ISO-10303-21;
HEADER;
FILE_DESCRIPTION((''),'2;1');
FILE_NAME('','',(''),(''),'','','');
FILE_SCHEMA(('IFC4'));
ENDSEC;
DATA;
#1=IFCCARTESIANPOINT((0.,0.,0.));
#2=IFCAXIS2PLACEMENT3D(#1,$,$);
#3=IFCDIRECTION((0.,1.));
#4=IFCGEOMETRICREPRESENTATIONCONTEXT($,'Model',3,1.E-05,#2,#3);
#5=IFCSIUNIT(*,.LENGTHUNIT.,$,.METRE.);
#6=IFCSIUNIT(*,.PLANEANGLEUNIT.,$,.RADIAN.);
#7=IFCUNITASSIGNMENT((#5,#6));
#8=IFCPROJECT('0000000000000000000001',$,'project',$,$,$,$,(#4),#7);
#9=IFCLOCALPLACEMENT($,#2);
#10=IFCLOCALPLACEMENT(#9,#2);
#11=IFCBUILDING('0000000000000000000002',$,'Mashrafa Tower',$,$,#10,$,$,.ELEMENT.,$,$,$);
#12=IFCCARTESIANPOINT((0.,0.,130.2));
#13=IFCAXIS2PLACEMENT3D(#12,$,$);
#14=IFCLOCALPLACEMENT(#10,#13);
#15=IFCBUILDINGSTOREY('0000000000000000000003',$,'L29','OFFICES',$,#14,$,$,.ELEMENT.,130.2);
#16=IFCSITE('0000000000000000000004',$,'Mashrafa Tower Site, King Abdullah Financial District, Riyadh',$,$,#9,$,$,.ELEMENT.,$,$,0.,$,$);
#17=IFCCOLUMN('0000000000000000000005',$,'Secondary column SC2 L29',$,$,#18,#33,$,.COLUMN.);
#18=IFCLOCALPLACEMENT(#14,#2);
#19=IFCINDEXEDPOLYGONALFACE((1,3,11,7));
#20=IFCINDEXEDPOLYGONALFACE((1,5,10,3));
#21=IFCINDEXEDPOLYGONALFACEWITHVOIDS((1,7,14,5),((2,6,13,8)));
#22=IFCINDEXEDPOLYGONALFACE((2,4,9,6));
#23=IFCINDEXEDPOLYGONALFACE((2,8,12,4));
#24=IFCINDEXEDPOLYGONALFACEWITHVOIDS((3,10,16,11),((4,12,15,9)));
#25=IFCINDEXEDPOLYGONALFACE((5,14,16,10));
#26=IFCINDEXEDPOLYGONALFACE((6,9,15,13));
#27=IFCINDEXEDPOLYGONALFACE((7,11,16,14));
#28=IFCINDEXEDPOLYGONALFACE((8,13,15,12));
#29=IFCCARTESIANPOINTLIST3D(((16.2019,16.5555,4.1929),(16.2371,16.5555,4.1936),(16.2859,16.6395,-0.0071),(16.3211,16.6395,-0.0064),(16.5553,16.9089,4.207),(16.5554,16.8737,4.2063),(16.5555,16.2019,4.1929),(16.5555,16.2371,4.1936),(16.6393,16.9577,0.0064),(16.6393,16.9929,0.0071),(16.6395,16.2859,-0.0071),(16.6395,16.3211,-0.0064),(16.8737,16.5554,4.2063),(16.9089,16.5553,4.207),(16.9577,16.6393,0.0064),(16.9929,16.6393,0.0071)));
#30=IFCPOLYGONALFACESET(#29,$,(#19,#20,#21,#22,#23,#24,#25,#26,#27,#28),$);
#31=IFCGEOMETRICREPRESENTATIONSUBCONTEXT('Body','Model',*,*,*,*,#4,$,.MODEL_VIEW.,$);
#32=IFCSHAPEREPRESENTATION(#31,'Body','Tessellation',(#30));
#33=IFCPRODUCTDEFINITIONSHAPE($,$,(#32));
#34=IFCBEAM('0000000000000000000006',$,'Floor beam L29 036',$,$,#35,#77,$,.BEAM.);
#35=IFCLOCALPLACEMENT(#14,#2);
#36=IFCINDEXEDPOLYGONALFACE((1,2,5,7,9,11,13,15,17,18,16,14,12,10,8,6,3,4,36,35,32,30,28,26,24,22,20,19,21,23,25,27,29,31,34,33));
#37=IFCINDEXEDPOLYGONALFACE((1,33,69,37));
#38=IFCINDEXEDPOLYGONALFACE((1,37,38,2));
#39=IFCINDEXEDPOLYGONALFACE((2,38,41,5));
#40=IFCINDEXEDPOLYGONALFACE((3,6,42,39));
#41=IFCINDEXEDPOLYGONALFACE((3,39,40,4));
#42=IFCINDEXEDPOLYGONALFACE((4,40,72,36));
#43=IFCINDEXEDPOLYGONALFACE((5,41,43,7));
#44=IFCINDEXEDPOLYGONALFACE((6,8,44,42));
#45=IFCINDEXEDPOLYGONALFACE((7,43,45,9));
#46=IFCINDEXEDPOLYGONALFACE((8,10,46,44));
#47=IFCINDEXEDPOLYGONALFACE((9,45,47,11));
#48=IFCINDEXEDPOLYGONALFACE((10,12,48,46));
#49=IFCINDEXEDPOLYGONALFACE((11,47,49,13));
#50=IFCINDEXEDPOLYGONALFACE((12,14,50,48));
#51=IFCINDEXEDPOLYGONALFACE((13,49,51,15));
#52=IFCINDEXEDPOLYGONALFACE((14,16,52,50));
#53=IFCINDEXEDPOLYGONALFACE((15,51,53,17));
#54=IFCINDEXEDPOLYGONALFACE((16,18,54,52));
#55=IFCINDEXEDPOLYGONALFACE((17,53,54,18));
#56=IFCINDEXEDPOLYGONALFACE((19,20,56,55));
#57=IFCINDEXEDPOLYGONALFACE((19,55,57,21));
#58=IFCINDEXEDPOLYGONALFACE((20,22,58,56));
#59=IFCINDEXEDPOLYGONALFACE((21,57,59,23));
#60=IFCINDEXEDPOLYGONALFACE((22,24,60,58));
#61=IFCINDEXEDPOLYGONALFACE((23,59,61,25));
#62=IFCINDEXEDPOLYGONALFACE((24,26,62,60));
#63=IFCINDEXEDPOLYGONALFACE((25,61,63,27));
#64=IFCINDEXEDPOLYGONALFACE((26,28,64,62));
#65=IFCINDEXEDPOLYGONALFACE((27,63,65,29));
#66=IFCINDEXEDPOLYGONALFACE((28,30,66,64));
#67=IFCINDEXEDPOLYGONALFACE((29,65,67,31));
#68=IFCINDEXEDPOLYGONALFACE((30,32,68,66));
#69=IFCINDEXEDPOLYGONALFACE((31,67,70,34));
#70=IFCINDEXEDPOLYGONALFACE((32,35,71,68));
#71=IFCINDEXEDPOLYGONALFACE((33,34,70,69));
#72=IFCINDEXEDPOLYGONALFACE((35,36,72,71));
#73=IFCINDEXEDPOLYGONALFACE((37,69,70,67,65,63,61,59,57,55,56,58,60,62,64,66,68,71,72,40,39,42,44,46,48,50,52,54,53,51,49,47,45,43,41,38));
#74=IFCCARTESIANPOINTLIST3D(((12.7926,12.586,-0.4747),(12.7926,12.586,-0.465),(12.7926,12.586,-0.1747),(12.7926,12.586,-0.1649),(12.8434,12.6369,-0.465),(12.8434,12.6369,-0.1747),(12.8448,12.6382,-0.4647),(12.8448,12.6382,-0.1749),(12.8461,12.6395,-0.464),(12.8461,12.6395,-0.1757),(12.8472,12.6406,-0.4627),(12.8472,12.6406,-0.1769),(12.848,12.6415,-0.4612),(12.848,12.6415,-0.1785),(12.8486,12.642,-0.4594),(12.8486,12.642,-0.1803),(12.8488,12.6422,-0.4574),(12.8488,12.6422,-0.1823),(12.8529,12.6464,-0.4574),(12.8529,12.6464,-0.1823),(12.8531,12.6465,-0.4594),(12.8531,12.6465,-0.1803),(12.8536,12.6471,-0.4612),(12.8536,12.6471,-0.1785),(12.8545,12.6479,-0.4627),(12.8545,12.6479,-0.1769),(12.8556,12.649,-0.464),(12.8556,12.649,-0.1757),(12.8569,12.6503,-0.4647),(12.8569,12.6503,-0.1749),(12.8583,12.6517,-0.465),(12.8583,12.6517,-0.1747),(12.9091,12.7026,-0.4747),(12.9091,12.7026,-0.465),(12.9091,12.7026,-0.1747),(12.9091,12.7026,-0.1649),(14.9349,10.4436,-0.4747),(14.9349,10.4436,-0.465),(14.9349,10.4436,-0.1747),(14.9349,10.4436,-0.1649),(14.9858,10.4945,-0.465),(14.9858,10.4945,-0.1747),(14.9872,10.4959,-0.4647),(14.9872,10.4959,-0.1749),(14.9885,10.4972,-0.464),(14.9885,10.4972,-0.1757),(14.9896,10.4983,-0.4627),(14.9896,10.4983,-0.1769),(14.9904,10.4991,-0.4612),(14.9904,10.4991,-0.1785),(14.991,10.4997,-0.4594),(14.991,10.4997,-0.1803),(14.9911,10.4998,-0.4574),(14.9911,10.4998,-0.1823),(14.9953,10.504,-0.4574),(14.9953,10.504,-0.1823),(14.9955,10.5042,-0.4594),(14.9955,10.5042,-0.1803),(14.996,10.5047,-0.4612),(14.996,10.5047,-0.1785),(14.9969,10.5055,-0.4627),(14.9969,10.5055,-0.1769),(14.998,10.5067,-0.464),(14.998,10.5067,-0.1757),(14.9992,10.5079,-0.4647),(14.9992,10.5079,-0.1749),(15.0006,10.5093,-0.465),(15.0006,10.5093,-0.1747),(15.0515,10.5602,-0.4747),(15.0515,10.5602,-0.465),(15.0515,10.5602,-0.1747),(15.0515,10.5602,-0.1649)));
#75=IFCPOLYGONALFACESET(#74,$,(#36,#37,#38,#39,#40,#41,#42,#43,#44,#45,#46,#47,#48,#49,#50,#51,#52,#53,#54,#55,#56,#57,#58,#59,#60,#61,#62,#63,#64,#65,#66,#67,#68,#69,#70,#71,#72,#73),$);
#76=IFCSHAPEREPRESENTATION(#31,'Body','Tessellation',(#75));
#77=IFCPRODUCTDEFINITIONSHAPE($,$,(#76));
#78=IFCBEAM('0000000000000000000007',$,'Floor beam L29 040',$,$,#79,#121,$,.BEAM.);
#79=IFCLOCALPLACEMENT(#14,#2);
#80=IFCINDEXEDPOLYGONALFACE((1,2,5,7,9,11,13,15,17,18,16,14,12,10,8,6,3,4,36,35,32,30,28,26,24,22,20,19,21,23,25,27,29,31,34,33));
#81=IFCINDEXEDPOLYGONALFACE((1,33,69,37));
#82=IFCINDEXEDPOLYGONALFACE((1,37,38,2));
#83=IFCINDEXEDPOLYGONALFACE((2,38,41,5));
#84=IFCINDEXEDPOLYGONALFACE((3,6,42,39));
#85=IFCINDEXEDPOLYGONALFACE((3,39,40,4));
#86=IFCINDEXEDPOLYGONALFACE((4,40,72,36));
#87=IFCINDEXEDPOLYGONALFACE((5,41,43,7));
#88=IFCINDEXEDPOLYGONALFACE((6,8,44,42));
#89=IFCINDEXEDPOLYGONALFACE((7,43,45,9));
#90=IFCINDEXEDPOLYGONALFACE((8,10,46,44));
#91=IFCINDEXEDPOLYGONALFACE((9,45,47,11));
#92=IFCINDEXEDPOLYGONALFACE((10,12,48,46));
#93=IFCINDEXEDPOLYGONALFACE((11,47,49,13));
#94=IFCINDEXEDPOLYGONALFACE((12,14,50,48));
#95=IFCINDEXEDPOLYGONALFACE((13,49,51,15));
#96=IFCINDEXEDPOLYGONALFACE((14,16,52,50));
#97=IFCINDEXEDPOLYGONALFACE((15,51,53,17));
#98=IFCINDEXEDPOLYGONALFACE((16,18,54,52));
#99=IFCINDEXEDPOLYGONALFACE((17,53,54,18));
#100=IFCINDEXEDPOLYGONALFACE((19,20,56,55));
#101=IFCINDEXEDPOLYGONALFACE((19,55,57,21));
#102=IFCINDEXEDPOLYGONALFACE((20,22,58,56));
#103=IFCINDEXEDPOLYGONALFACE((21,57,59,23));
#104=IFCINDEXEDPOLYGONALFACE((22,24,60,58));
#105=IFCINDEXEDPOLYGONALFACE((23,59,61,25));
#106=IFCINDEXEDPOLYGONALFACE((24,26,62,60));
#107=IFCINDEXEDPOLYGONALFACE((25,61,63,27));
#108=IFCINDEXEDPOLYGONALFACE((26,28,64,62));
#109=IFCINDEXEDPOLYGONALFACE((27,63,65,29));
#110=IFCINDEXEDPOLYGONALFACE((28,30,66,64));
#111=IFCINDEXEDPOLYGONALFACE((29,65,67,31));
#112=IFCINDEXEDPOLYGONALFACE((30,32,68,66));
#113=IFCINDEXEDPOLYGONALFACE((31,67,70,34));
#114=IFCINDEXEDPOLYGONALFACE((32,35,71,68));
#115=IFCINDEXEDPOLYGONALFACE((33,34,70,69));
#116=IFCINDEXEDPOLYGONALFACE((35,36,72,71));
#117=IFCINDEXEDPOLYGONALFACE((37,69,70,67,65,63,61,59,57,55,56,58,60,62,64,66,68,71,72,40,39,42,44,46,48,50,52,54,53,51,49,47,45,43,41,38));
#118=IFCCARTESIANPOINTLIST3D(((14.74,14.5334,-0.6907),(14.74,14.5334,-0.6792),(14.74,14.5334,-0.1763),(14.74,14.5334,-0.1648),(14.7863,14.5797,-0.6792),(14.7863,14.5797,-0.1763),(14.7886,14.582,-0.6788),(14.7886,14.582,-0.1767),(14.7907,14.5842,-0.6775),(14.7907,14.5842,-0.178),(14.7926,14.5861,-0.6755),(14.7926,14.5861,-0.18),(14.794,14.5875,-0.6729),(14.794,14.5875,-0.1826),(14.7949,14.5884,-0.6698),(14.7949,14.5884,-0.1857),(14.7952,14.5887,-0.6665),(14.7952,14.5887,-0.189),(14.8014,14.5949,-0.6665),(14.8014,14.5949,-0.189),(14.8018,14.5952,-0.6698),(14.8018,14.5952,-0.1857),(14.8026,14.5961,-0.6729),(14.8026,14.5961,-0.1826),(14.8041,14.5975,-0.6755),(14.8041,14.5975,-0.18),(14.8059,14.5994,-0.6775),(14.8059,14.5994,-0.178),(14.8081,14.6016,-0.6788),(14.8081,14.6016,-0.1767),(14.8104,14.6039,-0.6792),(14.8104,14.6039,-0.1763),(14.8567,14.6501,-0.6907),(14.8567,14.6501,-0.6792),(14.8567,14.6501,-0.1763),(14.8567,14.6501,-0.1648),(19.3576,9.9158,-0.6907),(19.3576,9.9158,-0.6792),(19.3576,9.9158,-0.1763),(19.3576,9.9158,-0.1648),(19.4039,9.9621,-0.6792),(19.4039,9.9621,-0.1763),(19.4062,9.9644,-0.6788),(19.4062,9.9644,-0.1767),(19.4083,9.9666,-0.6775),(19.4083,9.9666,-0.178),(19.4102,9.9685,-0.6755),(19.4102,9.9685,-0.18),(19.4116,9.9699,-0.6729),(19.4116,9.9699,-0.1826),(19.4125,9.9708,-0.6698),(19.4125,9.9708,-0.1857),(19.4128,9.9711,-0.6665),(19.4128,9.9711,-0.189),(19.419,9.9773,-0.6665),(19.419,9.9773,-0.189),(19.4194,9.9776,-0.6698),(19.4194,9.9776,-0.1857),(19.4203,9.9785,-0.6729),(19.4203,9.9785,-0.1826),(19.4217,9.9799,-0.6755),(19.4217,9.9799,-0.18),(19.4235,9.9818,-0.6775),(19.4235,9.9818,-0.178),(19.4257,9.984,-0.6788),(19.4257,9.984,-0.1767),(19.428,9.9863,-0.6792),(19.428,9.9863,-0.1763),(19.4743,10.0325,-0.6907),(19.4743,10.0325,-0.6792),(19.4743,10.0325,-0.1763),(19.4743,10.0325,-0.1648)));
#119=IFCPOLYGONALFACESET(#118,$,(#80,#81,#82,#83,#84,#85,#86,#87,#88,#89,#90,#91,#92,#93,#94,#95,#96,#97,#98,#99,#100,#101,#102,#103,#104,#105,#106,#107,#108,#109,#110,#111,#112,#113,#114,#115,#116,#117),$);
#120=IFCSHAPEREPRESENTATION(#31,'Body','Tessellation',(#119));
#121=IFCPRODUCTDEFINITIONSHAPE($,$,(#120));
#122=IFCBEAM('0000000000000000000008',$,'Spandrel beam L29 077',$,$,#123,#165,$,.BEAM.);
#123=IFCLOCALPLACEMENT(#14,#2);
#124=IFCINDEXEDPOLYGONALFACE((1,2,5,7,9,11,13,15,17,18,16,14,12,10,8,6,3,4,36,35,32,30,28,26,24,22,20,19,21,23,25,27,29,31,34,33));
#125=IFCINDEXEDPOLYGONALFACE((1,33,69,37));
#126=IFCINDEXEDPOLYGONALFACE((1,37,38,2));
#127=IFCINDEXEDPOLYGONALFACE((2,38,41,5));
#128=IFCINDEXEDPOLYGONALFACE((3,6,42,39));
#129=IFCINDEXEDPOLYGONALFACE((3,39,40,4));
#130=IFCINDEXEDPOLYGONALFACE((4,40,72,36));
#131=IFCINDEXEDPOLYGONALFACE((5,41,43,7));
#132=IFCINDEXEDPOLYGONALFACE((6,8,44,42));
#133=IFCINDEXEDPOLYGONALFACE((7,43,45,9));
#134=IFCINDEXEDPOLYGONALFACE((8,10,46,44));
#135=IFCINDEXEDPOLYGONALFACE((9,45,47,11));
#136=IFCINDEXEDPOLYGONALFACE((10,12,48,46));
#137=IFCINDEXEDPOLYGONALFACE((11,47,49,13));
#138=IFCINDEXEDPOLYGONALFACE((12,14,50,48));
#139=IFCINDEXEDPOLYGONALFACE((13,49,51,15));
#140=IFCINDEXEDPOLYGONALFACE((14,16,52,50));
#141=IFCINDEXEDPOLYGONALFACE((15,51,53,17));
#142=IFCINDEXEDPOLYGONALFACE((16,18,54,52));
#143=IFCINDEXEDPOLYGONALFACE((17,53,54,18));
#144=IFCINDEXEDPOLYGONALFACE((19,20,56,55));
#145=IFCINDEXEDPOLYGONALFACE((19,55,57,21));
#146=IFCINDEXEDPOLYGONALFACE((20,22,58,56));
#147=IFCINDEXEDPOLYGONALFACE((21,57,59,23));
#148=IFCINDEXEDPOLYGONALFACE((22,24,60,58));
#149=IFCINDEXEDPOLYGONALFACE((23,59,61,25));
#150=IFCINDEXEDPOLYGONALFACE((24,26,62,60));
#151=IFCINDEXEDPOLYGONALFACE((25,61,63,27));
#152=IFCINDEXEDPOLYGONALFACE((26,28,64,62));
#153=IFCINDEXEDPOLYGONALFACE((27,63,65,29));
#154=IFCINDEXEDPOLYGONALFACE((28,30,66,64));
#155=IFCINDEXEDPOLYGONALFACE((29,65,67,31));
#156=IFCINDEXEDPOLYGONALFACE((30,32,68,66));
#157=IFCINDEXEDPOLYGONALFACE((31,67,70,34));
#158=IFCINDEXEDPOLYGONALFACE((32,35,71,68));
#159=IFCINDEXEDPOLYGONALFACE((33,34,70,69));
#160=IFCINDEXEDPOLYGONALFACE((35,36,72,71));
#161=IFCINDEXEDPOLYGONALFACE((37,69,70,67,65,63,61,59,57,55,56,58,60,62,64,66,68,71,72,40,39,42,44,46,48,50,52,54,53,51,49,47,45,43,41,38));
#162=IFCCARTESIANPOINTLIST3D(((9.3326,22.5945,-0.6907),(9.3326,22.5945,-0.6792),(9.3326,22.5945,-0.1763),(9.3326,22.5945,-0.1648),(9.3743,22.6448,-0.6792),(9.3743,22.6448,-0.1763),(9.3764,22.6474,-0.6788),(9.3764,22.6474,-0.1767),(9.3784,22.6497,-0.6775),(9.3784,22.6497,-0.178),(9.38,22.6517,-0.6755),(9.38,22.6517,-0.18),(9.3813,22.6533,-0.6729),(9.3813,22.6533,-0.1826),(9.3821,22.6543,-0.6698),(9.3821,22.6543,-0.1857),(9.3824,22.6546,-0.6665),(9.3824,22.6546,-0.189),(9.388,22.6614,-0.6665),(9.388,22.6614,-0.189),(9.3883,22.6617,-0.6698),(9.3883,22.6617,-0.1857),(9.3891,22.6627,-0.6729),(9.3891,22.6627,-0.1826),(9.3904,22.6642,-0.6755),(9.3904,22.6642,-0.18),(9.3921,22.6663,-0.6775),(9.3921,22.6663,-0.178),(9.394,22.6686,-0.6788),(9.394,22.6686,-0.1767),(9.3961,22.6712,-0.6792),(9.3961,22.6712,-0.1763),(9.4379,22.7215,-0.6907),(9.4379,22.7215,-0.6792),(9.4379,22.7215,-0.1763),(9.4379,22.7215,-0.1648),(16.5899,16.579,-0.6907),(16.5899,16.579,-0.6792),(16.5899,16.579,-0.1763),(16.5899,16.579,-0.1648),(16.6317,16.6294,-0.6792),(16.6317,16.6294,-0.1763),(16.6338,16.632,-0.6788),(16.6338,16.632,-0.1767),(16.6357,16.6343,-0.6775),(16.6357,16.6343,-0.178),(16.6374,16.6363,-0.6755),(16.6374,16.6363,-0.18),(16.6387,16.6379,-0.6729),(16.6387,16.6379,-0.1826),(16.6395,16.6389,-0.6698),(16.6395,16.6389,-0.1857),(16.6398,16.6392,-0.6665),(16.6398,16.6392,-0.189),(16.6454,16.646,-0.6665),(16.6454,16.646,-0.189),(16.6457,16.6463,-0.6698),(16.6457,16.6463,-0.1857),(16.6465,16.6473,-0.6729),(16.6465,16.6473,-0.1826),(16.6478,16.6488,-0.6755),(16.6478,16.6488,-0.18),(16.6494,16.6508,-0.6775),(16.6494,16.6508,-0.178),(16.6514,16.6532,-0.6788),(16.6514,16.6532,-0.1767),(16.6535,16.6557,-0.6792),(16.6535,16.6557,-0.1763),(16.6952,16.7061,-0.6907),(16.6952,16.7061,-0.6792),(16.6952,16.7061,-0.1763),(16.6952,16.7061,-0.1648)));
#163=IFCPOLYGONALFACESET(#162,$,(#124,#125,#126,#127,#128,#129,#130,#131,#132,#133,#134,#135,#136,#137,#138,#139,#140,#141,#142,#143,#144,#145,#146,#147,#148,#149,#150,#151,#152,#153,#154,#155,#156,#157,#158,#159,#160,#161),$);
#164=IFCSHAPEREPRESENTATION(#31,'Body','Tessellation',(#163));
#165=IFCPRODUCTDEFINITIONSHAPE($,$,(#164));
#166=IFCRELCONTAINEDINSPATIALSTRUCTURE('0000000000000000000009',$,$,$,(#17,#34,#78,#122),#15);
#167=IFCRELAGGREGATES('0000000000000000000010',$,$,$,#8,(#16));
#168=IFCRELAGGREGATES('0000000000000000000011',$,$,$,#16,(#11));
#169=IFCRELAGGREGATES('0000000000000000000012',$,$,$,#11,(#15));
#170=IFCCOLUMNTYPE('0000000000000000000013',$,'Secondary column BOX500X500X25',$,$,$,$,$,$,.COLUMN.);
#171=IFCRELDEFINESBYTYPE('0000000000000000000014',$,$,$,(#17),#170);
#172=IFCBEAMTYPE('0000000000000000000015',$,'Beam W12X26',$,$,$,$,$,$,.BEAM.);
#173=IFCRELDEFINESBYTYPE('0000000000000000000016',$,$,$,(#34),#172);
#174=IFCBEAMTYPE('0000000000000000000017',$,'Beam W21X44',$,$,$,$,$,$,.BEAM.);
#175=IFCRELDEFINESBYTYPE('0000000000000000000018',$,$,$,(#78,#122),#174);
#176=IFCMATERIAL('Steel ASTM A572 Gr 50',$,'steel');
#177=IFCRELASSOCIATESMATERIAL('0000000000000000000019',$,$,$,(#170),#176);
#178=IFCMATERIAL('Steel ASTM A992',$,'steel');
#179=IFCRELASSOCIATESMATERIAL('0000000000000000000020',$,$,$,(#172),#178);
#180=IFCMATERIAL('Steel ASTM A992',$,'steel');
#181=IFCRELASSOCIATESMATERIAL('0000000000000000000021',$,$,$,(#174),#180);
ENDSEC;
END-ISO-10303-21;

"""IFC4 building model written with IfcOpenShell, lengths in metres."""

from ifc_helpers import new_model, si_unit, direction, frame, origin, origin_2d, place, context, subcontext, project, spatial, hollow_rectangle, i_section, extrude, material, material_profile, profile_set, type_object, element, save


model = new_model("IFC4")

# Units and contexts
model_context = context("Model", 3, precision=1e-05, world=origin(), true_north=direction((0.0, 1.0)))
body_context = subcontext(model_context, "Body", "Model", "MODEL_VIEW")
ifc_project = project(units=[si_unit("LENGTHUNIT", "METRE"), si_unit("PLANEANGLEUNIT", "RADIAN")], contexts=[model_context])

# Site, building, storey
site_placement = place(None, origin())
site = spatial("IfcSite", under=ifc_project, at=site_placement, Name="Mashrafa Tower Site, King Abdullah Financial District, Riyadh", CompositionType="ELEMENT", RefElevation=0.0)
building_placement = place(site_placement, origin())
building = spatial("IfcBuilding", under=site, at=building_placement, Name="Mashrafa Tower", CompositionType="ELEMENT")
storey_placement = place(building_placement, frame((0.0, 0.0, 130.2)))
storey = spatial("IfcBuildingStorey", under=building, at=storey_placement, Name="L29", Description="OFFICES", CompositionType="ELEMENT", Elevation=130.2)

# Column
ifc_material_1 = material(Name="Steel ASTM A572 Gr 50", Category="steel")
ifc_material_profile_1 = material_profile(ifc_material_1, hollow_rectangle(XDim=0.5, YDim=0.5, WallThickness=0.0249, at=origin_2d()), Name="BOX500X500X25")
ifc_profile_set_1 = profile_set([ifc_material_profile_1], Name="Steel ASTM A572 Gr 50")
column_type = type_object("IfcColumnType", Name="Secondary column BOX500X500X25", PredefinedType="COLUMN", material=ifc_profile_set_1)
column_placement = place(storey_placement, frame((16.6394, 16.6394, 0.0), z_axis=(-0.019989, -0.019989, 0.9996), x_axis=(0.707107, -0.707107, 0.0)))
element("IfcColumn", 1, at=column_placement, inside=storey, type_object=column_type, Name="Secondary column SC2 L29", PredefinedType="COLUMN", context=body_context, shape_type="SweptSolid", body=[
    extrude(hollow_rectangle(XDim=0.5, YDim=0.5, WallThickness=0.0249, at=origin_2d()), origin(), (0.0, 0.0, 1.0), 4.2017),
])

# Beams
ifc_material_2 = material(Name="Steel ASTM A992", Category="steel")
ifc_material_profile_2 = material_profile(ifc_material_2, i_section(OverallWidth=0.1648, OverallDepth=0.3098, WebThickness=0.0059, FlangeThickness=0.0098, FilletRadius=0.0076, at=origin_2d()), Name="W12X26")
ifc_profile_set_2 = profile_set([ifc_material_profile_2], Name="Steel ASTM A992")
beam_type_1 = type_object("IfcBeamType", Name="Beam W12X26", PredefinedType="BEAM", material=ifc_profile_set_2)
beam_1_placement = place(storey_placement, frame((12.8508, 12.6443, -0.3198), z_axis=(0.707107, -0.707107, 0.0), x_axis=(0.707107, 0.707107, 0.0)))
element("IfcBeam", 2, at=beam_1_placement, inside=storey, type_object=beam_type_1, Name="Floor beam L29 036", PredefinedType="BEAM", context=body_context, shape_type="SweptSolid", body=[
    extrude(i_section(OverallWidth=0.1648, OverallDepth=0.3098, WebThickness=0.0059, FlangeThickness=0.0098, FilletRadius=0.0076, at=origin_2d()), origin(), (0.0, 0.0, 1.0), 3.0298),
])
ifc_material_3 = material(Name="Steel ASTM A992", Category="steel")
ifc_material_profile_3 = material_profile(ifc_material_3, i_section(OverallWidth=0.165, OverallDepth=0.5259, WebThickness=0.0088, FlangeThickness=0.0115, FilletRadius=0.0127, at=origin_2d()), Name="W21X44")
ifc_profile_set_3 = profile_set([ifc_material_profile_3], Name="Steel ASTM A992")
beam_type_2 = type_object("IfcBeamType", Name="Beam W21X44", PredefinedType="BEAM", material=ifc_profile_set_3)
beam_2_placement = place(storey_placement, frame((14.7983, 14.5918, -0.4277), z_axis=(0.707107, -0.707107, 0.0), x_axis=(0.707107, 0.707107, 0.0)))
element("IfcBeam", 3, at=beam_2_placement, inside=storey, type_object=beam_type_2, Name="Floor beam L29 040", PredefinedType="BEAM", context=body_context, shape_type="SweptSolid", body=[
    extrude(i_section(OverallWidth=0.165, OverallDepth=0.5259, WebThickness=0.0088, FlangeThickness=0.0115, FilletRadius=0.0127, at=origin_2d()), origin(), (0.0, 0.0, 1.0), 6.5303),
])
beam_3_placement = place(storey_placement, frame((16.6426, 16.6426, -0.4277), z_axis=(-0.769908, 0.638154, 0.0), x_axis=(-0.638154, -0.769908, 0.0)))
element("IfcBeam", 4, at=beam_3_placement, inside=storey, type_object=beam_type_2, Name="Spandrel beam L29 077", PredefinedType="BEAM", context=body_context, shape_type="SweptSolid", body=[
    extrude(i_section(OverallWidth=0.165, OverallDepth=0.5259, WebThickness=0.0088, FlangeThickness=0.0115, FilletRadius=0.0127, at=origin_2d()), origin(), (0.0, 0.0, 1.0), 9.4263),
])

save(model, "model.ifc")
